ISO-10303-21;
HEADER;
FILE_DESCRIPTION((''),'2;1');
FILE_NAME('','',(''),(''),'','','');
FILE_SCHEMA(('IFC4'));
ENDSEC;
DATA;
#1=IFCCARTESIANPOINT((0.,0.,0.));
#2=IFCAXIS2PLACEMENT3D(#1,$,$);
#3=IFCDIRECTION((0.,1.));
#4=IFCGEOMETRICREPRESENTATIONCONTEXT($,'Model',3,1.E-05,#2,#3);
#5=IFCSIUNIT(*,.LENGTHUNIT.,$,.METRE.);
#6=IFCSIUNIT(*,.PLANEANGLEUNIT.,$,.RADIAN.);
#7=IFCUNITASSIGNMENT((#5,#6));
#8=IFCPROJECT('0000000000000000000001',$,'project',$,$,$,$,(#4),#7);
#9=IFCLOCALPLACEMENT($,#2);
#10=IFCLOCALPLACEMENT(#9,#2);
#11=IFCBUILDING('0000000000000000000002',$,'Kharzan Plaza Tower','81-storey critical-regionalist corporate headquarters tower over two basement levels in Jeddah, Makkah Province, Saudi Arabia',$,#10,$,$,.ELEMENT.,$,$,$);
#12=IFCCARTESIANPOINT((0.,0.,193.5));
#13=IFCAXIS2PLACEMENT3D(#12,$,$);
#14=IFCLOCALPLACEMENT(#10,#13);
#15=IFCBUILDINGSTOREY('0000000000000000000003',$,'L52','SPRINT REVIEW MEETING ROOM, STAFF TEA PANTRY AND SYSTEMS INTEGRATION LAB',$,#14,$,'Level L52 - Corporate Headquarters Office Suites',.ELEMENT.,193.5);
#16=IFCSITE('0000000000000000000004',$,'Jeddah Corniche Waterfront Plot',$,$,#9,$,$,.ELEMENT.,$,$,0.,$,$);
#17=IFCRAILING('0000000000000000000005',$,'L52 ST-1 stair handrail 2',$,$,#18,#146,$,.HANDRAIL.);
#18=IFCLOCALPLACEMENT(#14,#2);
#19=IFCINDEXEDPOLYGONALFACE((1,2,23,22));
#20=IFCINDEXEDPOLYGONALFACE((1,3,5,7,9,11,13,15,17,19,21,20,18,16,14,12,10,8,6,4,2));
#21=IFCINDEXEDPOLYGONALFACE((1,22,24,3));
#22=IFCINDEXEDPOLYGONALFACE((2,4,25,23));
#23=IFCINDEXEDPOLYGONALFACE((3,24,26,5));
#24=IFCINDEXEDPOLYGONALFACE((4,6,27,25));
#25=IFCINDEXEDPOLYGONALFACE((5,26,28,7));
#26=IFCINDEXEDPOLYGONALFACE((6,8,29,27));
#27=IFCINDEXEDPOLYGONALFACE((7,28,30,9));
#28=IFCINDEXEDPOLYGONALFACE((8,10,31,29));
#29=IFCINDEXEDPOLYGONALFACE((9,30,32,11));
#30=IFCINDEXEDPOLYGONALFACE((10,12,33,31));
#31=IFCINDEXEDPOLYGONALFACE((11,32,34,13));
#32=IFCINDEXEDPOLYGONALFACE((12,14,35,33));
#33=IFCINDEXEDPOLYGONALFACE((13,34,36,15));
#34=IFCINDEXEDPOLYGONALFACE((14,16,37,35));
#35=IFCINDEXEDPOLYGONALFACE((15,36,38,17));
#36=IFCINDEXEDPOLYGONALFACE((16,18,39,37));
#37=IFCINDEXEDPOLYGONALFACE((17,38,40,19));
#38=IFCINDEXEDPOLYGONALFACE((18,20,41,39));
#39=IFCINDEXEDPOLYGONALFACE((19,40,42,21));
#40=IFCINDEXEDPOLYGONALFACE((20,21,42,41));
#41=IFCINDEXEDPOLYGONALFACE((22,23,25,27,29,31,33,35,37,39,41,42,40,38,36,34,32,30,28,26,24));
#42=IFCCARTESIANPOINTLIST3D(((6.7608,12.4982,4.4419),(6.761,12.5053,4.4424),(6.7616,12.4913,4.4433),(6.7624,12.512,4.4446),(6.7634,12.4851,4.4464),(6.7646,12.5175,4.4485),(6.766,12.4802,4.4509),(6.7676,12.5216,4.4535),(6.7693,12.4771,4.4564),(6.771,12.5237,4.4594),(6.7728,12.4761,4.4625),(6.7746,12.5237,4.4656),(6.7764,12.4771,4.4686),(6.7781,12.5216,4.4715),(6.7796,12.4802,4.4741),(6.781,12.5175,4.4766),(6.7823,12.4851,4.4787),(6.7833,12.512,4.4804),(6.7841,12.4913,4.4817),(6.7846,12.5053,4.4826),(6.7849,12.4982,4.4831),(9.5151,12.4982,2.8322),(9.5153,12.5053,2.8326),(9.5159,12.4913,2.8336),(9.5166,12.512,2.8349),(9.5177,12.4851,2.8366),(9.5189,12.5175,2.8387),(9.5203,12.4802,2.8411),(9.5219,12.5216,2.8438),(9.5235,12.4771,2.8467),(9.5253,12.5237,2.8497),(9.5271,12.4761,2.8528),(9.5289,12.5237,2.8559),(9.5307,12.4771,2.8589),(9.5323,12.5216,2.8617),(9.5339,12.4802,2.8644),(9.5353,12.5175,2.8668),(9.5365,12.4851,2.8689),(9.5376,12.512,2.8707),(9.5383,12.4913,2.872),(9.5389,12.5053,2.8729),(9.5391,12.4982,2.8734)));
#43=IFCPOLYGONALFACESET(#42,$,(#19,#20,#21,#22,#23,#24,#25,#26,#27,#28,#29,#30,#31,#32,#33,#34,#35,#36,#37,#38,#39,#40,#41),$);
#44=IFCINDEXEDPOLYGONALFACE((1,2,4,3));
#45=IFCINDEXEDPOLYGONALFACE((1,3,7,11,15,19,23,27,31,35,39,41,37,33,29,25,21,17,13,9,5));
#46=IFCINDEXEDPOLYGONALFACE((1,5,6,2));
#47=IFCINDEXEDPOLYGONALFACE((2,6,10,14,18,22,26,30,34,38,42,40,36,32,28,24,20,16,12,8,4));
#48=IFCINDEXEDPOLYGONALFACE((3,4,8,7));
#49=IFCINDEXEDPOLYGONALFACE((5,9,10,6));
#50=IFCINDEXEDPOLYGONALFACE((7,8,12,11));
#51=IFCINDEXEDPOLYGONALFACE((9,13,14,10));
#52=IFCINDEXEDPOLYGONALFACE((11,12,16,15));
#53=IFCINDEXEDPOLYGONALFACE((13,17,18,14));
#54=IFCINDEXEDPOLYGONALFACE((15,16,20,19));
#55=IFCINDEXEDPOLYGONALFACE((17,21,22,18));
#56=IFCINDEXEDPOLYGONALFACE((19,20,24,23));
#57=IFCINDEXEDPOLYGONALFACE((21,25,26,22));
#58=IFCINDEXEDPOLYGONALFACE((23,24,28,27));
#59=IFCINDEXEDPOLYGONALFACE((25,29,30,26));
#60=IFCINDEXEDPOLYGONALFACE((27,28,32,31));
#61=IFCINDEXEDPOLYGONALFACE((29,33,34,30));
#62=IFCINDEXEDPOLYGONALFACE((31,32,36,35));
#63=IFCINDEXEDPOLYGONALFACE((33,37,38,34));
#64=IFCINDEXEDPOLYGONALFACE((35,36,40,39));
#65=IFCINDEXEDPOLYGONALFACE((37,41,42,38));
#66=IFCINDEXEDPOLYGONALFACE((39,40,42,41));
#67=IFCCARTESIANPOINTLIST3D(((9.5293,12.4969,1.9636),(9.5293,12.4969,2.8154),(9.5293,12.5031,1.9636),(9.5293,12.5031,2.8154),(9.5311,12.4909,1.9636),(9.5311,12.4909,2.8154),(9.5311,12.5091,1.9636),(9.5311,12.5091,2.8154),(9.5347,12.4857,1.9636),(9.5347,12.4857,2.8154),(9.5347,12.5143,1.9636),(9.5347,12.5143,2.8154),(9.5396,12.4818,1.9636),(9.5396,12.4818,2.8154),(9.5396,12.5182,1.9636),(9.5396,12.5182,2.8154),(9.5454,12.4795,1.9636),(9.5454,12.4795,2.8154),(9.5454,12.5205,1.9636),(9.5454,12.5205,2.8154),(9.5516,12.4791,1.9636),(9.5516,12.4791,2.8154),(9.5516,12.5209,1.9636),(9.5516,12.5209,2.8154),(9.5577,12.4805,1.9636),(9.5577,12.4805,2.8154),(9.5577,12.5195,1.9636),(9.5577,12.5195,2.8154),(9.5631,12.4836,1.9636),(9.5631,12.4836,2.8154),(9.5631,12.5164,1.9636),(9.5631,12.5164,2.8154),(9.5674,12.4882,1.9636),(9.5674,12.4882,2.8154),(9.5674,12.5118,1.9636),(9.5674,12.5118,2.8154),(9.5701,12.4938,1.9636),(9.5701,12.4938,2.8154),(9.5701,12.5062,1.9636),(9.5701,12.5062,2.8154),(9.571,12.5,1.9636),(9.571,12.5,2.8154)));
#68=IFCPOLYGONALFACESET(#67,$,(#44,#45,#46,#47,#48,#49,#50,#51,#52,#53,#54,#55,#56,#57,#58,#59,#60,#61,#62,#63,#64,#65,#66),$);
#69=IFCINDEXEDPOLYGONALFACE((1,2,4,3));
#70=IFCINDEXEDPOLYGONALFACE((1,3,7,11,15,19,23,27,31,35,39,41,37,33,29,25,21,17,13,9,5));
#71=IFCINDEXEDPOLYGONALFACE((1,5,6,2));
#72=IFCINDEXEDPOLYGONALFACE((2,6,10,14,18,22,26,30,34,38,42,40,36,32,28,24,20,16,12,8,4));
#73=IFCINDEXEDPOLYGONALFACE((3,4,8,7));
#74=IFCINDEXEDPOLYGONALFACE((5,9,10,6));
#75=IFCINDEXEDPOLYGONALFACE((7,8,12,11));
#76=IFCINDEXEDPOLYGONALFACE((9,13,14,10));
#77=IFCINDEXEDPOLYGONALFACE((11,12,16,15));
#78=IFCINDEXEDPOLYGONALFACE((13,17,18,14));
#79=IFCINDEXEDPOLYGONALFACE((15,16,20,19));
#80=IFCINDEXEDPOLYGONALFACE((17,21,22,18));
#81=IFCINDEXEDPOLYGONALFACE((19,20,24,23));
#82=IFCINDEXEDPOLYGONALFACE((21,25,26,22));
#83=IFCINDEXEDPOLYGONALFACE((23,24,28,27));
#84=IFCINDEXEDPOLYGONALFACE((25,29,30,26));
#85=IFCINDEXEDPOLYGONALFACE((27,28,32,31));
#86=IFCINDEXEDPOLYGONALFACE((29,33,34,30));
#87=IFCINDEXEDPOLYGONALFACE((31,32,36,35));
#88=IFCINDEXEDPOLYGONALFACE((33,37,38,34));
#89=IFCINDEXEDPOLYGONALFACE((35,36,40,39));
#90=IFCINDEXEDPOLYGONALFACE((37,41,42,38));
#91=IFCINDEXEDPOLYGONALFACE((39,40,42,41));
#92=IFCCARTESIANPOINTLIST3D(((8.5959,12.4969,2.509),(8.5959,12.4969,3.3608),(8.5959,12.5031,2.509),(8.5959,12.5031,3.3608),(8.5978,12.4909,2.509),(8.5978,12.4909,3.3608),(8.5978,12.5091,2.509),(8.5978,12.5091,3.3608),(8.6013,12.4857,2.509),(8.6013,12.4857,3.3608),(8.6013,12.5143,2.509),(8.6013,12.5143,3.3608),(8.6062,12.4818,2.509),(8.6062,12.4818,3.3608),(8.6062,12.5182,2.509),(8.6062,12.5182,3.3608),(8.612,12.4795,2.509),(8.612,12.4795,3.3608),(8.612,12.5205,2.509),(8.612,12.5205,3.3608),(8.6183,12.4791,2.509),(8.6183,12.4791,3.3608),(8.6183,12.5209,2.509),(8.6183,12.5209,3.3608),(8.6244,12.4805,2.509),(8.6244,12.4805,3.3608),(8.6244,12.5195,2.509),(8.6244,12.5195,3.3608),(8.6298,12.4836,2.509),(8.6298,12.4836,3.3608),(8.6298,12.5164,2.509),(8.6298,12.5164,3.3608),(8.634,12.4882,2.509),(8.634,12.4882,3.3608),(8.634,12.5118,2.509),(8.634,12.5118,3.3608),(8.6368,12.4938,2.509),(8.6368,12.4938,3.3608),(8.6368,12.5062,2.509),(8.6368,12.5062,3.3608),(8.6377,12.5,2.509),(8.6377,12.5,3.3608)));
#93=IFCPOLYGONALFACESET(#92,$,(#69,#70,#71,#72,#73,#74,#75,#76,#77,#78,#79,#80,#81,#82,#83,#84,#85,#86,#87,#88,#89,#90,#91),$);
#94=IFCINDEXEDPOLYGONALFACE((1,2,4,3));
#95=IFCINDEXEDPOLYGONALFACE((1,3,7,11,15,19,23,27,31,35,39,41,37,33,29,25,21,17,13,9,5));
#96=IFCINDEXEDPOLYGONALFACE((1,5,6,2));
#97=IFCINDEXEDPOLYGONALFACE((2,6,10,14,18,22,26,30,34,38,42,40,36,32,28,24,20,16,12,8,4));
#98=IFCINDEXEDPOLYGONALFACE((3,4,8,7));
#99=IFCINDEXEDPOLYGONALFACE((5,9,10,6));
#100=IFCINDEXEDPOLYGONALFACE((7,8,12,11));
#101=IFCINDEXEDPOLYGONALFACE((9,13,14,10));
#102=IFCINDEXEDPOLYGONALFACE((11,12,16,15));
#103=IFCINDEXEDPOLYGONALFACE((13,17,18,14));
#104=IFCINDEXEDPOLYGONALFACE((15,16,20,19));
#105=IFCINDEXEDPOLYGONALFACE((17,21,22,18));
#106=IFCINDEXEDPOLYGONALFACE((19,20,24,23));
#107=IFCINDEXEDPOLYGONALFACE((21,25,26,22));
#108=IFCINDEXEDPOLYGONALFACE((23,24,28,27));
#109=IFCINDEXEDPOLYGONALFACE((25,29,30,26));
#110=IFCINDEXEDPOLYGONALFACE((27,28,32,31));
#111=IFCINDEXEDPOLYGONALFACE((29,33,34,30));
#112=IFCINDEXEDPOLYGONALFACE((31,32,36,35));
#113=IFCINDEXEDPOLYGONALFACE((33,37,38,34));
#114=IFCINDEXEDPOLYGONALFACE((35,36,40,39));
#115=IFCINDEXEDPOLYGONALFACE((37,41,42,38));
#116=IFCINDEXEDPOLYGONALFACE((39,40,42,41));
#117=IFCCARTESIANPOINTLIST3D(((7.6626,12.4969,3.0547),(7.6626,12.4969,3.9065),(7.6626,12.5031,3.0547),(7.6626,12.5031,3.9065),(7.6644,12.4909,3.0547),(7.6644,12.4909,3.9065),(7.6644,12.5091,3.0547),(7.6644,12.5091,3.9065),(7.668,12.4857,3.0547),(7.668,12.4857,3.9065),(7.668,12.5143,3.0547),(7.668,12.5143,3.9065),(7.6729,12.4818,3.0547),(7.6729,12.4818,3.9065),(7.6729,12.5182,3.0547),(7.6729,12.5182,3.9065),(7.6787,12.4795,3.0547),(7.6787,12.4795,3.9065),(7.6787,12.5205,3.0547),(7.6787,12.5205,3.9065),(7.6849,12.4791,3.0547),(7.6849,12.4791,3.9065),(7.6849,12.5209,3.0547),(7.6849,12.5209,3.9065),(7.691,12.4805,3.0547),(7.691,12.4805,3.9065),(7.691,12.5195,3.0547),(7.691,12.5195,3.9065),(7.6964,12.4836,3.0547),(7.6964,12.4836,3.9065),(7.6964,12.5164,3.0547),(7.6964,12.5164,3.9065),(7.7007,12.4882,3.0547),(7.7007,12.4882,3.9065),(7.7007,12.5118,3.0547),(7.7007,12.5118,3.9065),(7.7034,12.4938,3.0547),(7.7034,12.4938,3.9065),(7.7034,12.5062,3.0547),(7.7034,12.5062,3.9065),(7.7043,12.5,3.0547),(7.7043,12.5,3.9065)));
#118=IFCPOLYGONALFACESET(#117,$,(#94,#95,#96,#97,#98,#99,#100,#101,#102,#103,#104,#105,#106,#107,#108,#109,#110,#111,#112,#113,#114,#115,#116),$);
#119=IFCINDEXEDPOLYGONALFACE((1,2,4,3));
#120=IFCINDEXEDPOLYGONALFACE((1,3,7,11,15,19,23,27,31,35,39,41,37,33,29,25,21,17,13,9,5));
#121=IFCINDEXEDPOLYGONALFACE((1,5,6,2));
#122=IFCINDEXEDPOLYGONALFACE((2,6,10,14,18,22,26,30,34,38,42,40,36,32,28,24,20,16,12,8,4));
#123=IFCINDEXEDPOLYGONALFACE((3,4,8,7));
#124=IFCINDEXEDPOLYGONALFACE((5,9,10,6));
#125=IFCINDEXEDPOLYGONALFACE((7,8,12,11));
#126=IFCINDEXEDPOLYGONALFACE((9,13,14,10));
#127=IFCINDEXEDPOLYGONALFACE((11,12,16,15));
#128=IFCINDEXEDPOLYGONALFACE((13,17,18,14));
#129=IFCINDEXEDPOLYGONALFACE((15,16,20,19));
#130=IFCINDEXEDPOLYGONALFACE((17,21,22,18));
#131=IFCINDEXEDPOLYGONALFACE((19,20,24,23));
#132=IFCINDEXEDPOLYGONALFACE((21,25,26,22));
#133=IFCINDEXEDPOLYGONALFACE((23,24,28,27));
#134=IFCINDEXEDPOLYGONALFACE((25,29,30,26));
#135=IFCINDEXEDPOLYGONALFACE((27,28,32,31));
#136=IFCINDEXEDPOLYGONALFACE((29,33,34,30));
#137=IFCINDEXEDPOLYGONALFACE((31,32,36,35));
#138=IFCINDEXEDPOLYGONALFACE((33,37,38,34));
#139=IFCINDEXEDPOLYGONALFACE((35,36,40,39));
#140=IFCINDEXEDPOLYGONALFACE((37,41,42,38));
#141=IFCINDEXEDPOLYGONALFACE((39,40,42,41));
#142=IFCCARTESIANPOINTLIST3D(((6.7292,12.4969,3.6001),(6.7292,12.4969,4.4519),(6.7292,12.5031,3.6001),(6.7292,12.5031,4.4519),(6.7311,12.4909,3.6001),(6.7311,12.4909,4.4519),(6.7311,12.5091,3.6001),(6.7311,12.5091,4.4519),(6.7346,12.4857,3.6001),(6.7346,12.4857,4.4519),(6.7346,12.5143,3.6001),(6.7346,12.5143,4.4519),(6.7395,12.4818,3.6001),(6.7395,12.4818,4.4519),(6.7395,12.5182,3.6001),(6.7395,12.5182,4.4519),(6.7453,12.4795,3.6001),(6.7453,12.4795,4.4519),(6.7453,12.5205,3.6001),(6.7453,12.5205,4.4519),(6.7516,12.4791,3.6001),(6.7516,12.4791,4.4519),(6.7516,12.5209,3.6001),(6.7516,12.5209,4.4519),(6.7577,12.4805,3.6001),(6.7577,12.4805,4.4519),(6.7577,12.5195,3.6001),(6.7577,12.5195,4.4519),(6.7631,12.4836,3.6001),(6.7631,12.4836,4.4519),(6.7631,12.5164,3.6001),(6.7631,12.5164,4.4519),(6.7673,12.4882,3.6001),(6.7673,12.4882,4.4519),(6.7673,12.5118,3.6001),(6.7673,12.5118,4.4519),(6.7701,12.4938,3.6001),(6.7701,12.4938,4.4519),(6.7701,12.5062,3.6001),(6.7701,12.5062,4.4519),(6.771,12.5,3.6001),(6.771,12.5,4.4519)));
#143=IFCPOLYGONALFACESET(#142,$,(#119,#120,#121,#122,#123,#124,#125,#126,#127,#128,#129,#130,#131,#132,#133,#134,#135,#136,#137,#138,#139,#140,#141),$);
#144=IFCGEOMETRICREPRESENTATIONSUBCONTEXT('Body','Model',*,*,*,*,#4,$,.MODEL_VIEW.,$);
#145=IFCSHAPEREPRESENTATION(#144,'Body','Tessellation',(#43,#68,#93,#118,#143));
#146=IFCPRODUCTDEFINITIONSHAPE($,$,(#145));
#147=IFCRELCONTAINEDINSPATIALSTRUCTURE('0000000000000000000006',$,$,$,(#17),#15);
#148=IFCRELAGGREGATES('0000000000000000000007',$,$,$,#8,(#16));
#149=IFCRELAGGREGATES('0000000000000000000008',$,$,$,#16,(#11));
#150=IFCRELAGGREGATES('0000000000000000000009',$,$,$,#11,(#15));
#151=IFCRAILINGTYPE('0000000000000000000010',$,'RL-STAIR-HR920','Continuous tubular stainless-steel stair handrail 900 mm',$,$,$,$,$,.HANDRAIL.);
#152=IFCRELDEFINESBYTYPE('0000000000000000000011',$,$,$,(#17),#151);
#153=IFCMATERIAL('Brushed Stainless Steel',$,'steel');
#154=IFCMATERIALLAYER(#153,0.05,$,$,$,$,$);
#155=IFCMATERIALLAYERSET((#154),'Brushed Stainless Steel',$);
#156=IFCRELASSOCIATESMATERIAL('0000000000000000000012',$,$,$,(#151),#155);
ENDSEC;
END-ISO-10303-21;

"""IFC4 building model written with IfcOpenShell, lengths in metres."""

from ifc_helpers import new_model, si_unit, direction, frame, origin, origin_2d, place, context, subcontext, project, spatial, circle, extrude, source, transform, mapped, material, layer, layer_set, type_object, element, save


model = new_model("IFC4")

# Units and contexts
model_context = context("Model", 3, precision=1e-05, world=origin(), true_north=direction((0.0, 1.0)))
body_context = subcontext(model_context, "Body", "Model", "MODEL_VIEW")
ifc_project = project(units=[si_unit("LENGTHUNIT", "METRE"), si_unit("PLANEANGLEUNIT", "RADIAN")], contexts=[model_context])

# Site, building, storey
site_placement = place(None, origin())
site = spatial("IfcSite", under=ifc_project, at=site_placement, Name="Jeddah Corniche Waterfront Plot", CompositionType="ELEMENT", RefElevation=0.0)
building_placement = place(site_placement, origin())
building = spatial("IfcBuilding", under=site, at=building_placement, Name="Kharzan Plaza Tower", Description="81-storey critical-regionalist corporate headquarters tower over two basement levels in Jeddah, Makkah Province, Saudi Arabia", CompositionType="ELEMENT")
storey_placement = place(building_placement, frame((0.0, 0.0, 193.5)))
storey = spatial("IfcBuildingStorey", under=building, at=storey_placement, Name="L52", Description="SPRINT REVIEW MEETING ROOM, STAFF TEA PANTRY AND SYSTEMS INTEGRATION LAB", LongName="Level L52 - Corporate Headquarters Office Suites", CompositionType="ELEMENT", Elevation=193.5)

# Shared definitions
ifc_material_1 = material(Name="Brushed Stainless Steel", Category="steel")

# Railing
ifc_layer_1 = layer(ifc_material_1, 0.05)
ifc_layer_set_1 = layer_set([ifc_layer_1], Name="Brushed Stainless Steel")
railing_type_1 = type_object("IfcRailingType", Name="RL-STAIR-HR920", Description="Continuous tubular stainless-steel stair handrail 900 mm", PredefinedType="HANDRAIL", material=ifc_layer_set_1)
shared_shape_1 = source(origin(), body_context, "Body", "SweptSolid", [
    extrude(circle(Radius=0.0239, at=origin_2d()), frame((-0.0229, 0.0, 0.8892), z_axis=(-0.863361, 0.0, 0.504587), x_axis=(0.0, -1.0, 0.0)), (0.0, 0.0, 1.0), 3.1902),
    extrude(circle(Radius=0.021, at=origin_2d()), origin(), (0.0, 0.0, 1.0), 0.8518),
    extrude(circle(Radius=0.021, at=origin_2d()), frame((-0.9333, 0.0, 0.5454)), (0.0, 0.0, 1.0), 0.8518),
    extrude(circle(Radius=0.021, at=origin_2d()), frame((-1.8667, 0.0, 1.0911)), (0.0, 0.0, 1.0), 0.8518),
    extrude(circle(Radius=0.021, at=origin_2d()), frame((-2.8, 0.0, 1.6365)), (0.0, 0.0, 1.0), 0.8518),
])
railing_1_placement = place(storey_placement, frame((9.55, 12.5, 1.9636)))
element("IfcRailing", 1, at=railing_1_placement, inside=storey, type_object=railing_type_1, Name="L52 ST-1 stair handrail 2", PredefinedType="HANDRAIL", context=body_context, shape_type="MappedRepresentation", body=[
    mapped(shared_shape_1, transform((0.0, 0.0, 0.0), x_axis=(1.0, 0.0, 0.0), y_axis=(0.0, 1.0, 0.0), z_axis=(0.0, 0.0, 1.0))),
])

save(model, "model.ifc")
